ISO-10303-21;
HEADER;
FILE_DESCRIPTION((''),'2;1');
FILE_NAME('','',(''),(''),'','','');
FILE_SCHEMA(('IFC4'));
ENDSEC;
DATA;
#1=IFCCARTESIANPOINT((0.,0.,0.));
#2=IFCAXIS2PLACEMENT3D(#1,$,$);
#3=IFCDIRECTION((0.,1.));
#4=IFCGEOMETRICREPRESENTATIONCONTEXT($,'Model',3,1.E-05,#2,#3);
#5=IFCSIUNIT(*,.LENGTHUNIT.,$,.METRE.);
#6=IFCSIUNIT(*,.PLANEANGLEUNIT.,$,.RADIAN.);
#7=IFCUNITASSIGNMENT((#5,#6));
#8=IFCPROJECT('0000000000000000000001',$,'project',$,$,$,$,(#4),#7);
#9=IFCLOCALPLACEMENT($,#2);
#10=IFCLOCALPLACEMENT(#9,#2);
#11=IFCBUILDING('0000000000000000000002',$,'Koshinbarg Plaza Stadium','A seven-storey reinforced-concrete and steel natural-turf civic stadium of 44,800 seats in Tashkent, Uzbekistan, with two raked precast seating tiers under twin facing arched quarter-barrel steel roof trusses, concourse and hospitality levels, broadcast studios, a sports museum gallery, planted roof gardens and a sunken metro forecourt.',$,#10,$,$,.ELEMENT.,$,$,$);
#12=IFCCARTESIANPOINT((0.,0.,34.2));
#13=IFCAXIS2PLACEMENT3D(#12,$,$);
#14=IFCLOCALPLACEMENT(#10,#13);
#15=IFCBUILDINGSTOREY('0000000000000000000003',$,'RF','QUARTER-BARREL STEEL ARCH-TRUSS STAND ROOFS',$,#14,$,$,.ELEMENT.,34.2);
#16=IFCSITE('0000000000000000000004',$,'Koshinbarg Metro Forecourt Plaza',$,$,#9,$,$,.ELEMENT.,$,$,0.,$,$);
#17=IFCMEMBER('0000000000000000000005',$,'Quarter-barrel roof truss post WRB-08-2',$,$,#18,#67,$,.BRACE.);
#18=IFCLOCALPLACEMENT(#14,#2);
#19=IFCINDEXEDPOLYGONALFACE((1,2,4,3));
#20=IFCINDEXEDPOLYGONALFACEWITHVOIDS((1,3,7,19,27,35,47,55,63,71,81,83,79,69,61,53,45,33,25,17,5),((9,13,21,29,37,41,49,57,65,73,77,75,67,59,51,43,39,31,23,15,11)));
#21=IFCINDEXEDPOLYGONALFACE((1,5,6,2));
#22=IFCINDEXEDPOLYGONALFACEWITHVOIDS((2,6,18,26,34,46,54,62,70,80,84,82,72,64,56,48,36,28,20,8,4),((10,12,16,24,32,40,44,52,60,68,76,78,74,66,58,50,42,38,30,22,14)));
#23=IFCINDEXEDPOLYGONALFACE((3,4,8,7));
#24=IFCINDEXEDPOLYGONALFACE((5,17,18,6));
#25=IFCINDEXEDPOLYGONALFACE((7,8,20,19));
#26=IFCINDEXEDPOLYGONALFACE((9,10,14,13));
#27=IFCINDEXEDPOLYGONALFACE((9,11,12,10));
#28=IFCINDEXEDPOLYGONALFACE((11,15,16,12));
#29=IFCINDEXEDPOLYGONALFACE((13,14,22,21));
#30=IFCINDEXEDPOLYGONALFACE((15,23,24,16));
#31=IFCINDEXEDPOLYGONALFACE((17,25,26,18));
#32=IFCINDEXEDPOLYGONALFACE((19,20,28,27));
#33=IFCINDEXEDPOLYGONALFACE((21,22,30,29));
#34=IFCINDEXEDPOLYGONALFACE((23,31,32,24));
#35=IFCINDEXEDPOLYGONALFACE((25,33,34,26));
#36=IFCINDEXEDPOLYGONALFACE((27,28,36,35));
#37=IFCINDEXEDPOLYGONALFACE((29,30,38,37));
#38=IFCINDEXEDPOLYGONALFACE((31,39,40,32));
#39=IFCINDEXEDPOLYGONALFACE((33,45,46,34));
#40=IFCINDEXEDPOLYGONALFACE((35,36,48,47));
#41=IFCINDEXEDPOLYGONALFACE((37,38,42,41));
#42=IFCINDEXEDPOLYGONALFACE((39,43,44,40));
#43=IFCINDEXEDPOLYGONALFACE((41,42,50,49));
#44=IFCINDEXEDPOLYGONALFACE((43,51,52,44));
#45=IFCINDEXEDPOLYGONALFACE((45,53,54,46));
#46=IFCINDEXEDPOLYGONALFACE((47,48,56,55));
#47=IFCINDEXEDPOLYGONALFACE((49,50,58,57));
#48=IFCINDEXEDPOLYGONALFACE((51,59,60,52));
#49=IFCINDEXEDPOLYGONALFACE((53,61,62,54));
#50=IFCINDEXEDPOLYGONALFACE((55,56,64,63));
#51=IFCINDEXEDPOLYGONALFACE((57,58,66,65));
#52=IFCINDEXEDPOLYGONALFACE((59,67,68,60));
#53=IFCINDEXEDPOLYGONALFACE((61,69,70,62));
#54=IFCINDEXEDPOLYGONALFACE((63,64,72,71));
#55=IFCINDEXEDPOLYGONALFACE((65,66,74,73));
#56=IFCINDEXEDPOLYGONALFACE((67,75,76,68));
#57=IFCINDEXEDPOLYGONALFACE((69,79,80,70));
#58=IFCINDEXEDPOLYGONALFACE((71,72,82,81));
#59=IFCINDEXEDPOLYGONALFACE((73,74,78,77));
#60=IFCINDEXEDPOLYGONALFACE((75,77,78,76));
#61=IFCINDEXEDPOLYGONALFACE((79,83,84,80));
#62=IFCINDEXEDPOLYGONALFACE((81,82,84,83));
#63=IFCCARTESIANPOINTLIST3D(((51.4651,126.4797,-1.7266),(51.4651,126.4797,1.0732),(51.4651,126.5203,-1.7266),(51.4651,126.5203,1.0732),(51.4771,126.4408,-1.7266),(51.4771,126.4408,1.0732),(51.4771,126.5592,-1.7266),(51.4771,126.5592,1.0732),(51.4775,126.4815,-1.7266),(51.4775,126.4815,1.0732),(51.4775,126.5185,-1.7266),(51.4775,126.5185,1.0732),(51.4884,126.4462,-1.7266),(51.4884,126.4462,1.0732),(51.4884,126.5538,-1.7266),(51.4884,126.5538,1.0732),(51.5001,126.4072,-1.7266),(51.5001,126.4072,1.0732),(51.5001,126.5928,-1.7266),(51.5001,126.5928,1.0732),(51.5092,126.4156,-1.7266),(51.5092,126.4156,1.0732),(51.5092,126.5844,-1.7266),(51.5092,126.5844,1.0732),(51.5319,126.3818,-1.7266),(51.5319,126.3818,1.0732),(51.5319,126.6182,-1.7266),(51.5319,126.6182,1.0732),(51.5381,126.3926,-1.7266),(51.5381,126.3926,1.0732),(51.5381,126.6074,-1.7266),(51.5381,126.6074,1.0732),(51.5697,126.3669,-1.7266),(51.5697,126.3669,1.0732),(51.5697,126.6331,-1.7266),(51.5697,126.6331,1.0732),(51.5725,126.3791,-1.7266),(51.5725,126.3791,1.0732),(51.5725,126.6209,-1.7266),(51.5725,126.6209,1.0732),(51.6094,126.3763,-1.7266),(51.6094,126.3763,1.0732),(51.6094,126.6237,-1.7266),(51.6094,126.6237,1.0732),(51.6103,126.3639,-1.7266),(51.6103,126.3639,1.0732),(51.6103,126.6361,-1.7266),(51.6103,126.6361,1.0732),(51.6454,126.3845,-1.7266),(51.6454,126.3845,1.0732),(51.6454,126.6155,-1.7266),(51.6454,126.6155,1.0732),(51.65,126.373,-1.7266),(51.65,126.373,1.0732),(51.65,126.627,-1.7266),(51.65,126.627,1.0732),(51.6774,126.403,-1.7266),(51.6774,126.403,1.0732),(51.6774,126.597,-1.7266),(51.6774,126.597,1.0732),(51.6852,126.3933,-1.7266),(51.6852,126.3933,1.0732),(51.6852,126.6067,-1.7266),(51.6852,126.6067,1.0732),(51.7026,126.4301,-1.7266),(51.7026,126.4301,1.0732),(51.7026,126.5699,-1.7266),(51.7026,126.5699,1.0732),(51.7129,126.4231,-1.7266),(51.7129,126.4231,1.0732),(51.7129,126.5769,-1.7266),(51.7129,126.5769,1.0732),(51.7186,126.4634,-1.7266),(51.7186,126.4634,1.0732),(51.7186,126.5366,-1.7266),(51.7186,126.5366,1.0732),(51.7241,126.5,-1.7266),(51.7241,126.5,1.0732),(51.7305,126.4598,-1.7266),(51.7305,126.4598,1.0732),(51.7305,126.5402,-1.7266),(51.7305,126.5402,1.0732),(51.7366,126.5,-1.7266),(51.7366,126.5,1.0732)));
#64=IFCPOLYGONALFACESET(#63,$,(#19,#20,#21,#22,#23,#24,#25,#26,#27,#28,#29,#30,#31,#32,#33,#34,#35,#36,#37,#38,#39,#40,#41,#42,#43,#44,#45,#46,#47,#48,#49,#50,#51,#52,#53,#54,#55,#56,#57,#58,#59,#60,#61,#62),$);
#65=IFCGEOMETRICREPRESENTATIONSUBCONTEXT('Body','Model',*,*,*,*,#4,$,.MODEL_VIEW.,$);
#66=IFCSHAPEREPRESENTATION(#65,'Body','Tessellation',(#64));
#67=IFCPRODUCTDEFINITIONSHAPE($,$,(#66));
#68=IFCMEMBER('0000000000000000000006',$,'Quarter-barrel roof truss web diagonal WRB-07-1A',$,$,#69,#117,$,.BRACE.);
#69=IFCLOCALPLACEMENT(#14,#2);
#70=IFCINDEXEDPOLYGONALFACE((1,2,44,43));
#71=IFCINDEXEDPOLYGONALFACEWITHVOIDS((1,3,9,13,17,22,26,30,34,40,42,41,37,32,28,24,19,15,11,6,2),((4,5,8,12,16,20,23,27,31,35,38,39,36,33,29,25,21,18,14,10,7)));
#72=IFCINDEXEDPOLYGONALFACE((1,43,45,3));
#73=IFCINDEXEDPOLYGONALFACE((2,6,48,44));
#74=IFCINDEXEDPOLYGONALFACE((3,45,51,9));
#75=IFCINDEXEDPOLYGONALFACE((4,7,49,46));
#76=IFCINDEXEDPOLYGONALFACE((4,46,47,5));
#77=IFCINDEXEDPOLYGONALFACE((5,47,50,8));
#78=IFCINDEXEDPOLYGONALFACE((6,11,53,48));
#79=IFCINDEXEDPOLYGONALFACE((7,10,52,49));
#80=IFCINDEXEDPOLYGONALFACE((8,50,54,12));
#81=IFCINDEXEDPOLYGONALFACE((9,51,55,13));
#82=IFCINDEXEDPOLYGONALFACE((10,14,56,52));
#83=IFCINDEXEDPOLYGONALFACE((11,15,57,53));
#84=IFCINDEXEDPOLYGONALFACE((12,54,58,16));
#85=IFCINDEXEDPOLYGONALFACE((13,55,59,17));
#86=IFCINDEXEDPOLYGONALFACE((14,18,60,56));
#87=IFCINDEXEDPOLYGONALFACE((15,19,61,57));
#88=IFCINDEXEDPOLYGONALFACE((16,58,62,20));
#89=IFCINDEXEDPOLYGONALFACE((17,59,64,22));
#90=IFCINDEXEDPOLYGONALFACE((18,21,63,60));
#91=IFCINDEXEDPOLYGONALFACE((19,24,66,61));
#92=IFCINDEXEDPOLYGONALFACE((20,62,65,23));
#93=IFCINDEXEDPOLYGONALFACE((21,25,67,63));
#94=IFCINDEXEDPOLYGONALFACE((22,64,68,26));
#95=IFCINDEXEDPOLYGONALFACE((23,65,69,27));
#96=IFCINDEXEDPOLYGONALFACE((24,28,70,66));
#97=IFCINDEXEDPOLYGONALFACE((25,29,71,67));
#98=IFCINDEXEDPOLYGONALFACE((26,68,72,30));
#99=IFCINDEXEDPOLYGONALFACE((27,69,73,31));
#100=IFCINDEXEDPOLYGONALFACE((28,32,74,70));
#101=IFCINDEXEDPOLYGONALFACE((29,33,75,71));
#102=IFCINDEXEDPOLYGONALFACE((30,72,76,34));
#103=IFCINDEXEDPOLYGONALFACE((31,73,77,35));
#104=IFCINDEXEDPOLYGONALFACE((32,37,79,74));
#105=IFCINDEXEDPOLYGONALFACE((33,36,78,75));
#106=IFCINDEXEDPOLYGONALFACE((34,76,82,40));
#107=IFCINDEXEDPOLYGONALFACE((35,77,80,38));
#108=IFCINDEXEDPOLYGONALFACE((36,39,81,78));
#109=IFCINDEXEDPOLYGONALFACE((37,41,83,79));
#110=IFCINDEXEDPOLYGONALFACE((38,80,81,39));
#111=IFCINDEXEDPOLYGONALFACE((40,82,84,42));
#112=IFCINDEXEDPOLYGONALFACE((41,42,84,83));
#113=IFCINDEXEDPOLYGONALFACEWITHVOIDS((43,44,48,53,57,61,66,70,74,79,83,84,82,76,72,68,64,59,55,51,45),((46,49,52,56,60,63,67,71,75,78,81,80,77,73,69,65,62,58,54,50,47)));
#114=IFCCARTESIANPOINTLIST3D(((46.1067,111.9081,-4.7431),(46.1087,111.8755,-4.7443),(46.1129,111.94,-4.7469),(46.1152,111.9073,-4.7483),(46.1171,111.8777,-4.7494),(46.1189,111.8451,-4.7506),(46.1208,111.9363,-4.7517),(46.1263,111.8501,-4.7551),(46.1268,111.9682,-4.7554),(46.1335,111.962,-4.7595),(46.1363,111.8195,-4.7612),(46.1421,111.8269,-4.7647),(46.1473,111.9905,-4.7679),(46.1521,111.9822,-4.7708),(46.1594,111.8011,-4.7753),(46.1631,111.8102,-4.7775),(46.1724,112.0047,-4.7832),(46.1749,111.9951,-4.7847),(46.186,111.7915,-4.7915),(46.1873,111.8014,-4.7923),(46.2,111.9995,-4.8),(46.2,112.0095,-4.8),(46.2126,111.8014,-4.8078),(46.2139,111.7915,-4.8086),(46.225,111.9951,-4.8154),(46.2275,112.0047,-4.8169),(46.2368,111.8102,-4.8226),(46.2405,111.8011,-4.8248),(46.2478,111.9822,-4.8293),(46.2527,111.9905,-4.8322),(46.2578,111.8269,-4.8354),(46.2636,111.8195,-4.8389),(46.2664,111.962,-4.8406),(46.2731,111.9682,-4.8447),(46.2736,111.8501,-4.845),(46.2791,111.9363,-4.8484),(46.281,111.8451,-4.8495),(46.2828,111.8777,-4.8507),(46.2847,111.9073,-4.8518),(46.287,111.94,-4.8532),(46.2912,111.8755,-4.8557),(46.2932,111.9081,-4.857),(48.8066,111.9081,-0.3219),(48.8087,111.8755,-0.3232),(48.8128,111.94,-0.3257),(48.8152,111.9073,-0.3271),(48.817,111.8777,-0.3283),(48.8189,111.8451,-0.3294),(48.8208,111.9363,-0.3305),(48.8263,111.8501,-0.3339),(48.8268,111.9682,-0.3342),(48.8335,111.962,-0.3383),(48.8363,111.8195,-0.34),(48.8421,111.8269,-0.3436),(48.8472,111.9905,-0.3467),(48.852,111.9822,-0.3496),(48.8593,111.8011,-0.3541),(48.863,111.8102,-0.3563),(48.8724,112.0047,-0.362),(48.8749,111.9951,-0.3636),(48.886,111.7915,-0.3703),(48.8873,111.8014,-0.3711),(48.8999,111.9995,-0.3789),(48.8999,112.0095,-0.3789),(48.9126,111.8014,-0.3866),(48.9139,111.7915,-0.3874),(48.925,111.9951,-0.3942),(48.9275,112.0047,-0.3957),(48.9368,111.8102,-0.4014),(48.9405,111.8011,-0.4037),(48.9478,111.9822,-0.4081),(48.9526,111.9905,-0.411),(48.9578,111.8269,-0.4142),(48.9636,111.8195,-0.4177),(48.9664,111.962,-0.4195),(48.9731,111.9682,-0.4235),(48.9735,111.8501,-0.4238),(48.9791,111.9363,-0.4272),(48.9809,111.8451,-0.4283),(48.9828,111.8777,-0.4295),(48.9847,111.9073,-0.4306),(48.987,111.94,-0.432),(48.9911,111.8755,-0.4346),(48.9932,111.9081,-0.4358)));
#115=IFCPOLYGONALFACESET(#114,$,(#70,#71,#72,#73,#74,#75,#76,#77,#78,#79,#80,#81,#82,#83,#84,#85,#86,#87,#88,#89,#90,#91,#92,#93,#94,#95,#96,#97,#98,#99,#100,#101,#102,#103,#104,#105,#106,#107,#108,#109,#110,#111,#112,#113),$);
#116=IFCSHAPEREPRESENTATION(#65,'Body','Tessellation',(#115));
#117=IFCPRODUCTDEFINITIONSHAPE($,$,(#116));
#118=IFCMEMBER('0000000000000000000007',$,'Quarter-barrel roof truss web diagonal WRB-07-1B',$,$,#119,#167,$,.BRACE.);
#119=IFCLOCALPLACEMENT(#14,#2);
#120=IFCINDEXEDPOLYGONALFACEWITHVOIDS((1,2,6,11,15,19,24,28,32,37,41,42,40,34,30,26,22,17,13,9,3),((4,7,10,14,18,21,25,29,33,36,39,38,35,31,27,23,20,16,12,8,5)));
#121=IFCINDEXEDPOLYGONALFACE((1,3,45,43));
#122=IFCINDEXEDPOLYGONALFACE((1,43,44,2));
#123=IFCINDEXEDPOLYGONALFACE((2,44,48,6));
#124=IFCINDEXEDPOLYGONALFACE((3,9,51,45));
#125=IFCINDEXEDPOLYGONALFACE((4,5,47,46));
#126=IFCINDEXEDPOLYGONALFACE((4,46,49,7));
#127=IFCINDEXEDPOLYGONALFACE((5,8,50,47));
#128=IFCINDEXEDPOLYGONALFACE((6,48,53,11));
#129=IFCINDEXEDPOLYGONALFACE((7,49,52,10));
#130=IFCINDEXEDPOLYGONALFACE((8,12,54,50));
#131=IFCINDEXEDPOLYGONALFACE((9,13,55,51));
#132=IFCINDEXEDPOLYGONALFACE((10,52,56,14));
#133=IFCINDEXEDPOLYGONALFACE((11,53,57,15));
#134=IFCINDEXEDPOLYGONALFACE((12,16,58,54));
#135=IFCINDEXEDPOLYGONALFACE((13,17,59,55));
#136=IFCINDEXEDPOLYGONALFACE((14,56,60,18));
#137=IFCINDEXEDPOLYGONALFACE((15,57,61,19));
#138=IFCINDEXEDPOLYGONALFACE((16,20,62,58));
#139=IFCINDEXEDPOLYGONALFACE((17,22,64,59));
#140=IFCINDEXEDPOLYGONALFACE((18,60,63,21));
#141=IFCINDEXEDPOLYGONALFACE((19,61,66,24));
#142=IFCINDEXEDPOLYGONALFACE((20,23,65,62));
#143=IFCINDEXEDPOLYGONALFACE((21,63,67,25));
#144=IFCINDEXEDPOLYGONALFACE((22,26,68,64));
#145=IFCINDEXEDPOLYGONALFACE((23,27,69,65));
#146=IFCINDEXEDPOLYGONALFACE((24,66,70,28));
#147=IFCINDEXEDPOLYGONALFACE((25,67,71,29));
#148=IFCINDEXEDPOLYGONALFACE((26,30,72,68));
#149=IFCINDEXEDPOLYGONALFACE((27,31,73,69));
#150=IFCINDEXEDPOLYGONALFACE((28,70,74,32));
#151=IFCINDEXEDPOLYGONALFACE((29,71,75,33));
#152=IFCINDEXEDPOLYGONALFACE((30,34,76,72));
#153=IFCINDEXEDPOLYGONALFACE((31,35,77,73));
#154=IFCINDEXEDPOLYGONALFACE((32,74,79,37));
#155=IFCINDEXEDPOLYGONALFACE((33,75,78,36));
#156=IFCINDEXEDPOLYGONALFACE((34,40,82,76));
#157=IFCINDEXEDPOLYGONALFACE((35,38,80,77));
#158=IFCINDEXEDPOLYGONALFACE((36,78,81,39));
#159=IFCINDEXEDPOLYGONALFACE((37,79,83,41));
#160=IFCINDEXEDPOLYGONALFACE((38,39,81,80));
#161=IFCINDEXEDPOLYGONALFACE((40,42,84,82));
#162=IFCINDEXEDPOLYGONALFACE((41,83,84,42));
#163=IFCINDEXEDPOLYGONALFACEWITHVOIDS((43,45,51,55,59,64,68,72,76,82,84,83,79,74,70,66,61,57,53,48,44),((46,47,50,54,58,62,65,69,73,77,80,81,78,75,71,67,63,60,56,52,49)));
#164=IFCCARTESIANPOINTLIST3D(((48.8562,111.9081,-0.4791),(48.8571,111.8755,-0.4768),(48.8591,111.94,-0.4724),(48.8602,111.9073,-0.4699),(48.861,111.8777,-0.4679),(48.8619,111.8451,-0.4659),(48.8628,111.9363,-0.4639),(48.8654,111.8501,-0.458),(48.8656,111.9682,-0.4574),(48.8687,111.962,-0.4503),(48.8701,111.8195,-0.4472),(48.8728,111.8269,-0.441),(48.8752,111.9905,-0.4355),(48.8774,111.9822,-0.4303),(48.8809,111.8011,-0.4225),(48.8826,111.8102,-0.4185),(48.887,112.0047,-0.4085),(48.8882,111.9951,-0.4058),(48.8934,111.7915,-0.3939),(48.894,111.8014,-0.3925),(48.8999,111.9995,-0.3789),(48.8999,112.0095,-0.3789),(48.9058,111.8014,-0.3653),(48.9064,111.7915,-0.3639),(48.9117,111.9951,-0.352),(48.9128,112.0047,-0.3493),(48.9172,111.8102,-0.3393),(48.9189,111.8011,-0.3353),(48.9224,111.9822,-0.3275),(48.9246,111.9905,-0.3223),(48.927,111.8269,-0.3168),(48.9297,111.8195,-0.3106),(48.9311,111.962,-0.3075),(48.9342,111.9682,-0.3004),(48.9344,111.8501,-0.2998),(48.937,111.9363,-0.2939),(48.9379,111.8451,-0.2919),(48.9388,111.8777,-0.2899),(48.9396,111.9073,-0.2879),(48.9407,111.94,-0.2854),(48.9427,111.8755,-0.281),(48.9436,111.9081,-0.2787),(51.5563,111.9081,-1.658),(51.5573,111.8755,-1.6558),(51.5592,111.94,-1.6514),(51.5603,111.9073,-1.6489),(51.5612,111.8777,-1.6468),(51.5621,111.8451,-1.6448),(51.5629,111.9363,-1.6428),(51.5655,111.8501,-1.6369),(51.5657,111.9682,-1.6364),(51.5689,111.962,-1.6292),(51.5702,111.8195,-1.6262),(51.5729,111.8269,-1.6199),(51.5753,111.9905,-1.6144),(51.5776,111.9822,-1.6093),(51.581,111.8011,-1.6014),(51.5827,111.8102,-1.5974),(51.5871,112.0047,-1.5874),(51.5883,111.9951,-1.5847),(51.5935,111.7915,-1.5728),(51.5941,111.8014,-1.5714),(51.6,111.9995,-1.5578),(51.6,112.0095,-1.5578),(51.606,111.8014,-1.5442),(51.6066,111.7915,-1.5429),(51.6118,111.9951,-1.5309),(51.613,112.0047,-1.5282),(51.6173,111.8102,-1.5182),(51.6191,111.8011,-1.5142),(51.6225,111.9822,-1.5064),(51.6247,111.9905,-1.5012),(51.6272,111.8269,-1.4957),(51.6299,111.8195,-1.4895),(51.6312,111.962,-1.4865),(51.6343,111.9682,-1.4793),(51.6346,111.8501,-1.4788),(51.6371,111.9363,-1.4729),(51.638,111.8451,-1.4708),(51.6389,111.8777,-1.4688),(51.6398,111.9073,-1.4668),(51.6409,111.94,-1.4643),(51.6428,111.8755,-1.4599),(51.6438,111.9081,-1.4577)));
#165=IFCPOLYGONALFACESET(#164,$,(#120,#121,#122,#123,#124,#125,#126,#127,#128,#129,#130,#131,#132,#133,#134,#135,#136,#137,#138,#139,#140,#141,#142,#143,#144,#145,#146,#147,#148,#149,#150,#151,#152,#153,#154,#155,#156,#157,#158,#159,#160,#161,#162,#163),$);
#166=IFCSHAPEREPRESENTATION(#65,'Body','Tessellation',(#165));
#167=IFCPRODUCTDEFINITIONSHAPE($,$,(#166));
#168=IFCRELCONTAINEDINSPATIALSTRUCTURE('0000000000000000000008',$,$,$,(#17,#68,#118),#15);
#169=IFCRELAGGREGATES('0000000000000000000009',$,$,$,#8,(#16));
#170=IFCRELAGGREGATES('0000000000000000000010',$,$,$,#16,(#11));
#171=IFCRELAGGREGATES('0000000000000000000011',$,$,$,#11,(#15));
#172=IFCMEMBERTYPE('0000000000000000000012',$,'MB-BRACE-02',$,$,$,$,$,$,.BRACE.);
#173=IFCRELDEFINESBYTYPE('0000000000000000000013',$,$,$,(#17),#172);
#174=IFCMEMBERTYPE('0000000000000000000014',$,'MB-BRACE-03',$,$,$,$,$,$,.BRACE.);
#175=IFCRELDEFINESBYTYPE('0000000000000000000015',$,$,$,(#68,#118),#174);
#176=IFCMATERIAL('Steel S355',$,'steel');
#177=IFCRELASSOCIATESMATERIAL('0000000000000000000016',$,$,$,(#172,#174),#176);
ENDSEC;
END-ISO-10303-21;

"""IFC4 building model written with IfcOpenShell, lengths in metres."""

from ifc_helpers import new_model, si_unit, direction, frame, origin, origin_2d, place, context, subcontext, project, spatial, hollow_circle, extrude, material, material_profile, profile_set, type_object, element, save


model = new_model("IFC4")

# Units and contexts
model_context = context("Model", 3, precision=1e-05, world=origin(), true_north=direction((0.0, 1.0)))
body_context = subcontext(model_context, "Body", "Model", "MODEL_VIEW")
ifc_project = project(units=[si_unit("LENGTHUNIT", "METRE"), si_unit("PLANEANGLEUNIT", "RADIAN")], contexts=[model_context])

# Site, building, storey
site_placement = place(None, origin())
site = spatial("IfcSite", under=ifc_project, at=site_placement, Name="Koshinbarg Metro Forecourt Plaza", CompositionType="ELEMENT", RefElevation=0.0)
building_placement = place(site_placement, origin())
building = spatial("IfcBuilding", under=site, at=building_placement, Name="Koshinbarg Plaza Stadium", Description="A seven-storey reinforced-concrete and steel natural-turf civic stadium of 44,800 seats in Tashkent, Uzbekistan, with two raked precast seating tiers under twin facing arched quarter-barrel steel roof trusses, concourse and hospitality levels, broadcast studios, a sports museum gallery, planted roof gardens and a sunken metro forecourt.", CompositionType="ELEMENT")
storey_placement = place(building_placement, frame((0.0, 0.0, 34.2)))
storey = spatial("IfcBuildingStorey", under=building, at=storey_placement, Name="RF", Description="QUARTER-BARREL STEEL ARCH-TRUSS STAND ROOFS", CompositionType="ELEMENT", Elevation=34.2)

# Shared definitions
ifc_material_1 = material(Name="Steel S355", Category="steel")

# Members
ifc_material_profile_1 = material_profile(ifc_material_1, hollow_circle(Radius=0.1365, WallThickness=0.0125, at=origin_2d()), Name="CHS 273x12.5")
ifc_profile_set_1 = profile_set([ifc_material_profile_1], Name="Steel S355")
member_type_1 = type_object("IfcMemberType", Name="MB-BRACE-02", PredefinedType="BRACE", material=ifc_profile_set_1)
member_1_placement = place(storey_placement, frame((51.6001, 126.5, -1.7266), z_axis=(0.0, 0.0, 1.0), x_axis=(1.0, 0.0, 0.0)))
element("IfcMember", 1, at=member_1_placement, inside=storey, type_object=member_type_1, Name="Quarter-barrel roof truss post WRB-08-2", PredefinedType="BRACE", context=body_context, shape_type="SweptSolid", body=[
    extrude(hollow_circle(Radius=0.1365, WallThickness=0.0125, at=origin_2d()), origin(), (0.0, 0.0, 1.0), 2.7998),
])
ifc_material_profile_2 = material_profile(ifc_material_1, hollow_circle(Radius=0.1096, WallThickness=0.01, at=origin_2d()), Name="CHS 219.1x10")
ifc_profile_set_2 = profile_set([ifc_material_profile_2], Name="Steel S355")
member_type_2 = type_object("IfcMemberType", Name="MB-BRACE-03", PredefinedType="BRACE", material=ifc_profile_set_2)
member_2_placement = place(storey_placement, frame((46.2, 111.8999, -4.8), z_axis=(0.521189, 0.0, 0.853441), x_axis=(0.0, 1.0, 0.0)))
element("IfcMember", 2, at=member_2_placement, inside=storey, type_object=member_type_2, Name="Quarter-barrel roof truss web diagonal WRB-07-1A", PredefinedType="BRACE", context=body_context, shape_type="SweptSolid", body=[
    extrude(hollow_circle(Radius=0.1096, WallThickness=0.01, at=origin_2d()), origin(), (0.0, 0.0, 1.0), 5.1804),
])
member_3_placement = place(storey_placement, frame((48.8999, 111.8999, -0.3789), z_axis=(0.916454, 0.0, -0.400141), x_axis=(0.0, 1.0, 0.0)))
element("IfcMember", 3, at=member_3_placement, inside=storey, type_object=member_type_2, Name="Quarter-barrel roof truss web diagonal WRB-07-1B", PredefinedType="BRACE", context=body_context, shape_type="SweptSolid", body=[
    extrude(hollow_circle(Radius=0.1096, WallThickness=0.01, at=origin_2d()), origin(), (0.0, 0.0, 1.0), 2.9463),
])

save(model, "model.ifc")
